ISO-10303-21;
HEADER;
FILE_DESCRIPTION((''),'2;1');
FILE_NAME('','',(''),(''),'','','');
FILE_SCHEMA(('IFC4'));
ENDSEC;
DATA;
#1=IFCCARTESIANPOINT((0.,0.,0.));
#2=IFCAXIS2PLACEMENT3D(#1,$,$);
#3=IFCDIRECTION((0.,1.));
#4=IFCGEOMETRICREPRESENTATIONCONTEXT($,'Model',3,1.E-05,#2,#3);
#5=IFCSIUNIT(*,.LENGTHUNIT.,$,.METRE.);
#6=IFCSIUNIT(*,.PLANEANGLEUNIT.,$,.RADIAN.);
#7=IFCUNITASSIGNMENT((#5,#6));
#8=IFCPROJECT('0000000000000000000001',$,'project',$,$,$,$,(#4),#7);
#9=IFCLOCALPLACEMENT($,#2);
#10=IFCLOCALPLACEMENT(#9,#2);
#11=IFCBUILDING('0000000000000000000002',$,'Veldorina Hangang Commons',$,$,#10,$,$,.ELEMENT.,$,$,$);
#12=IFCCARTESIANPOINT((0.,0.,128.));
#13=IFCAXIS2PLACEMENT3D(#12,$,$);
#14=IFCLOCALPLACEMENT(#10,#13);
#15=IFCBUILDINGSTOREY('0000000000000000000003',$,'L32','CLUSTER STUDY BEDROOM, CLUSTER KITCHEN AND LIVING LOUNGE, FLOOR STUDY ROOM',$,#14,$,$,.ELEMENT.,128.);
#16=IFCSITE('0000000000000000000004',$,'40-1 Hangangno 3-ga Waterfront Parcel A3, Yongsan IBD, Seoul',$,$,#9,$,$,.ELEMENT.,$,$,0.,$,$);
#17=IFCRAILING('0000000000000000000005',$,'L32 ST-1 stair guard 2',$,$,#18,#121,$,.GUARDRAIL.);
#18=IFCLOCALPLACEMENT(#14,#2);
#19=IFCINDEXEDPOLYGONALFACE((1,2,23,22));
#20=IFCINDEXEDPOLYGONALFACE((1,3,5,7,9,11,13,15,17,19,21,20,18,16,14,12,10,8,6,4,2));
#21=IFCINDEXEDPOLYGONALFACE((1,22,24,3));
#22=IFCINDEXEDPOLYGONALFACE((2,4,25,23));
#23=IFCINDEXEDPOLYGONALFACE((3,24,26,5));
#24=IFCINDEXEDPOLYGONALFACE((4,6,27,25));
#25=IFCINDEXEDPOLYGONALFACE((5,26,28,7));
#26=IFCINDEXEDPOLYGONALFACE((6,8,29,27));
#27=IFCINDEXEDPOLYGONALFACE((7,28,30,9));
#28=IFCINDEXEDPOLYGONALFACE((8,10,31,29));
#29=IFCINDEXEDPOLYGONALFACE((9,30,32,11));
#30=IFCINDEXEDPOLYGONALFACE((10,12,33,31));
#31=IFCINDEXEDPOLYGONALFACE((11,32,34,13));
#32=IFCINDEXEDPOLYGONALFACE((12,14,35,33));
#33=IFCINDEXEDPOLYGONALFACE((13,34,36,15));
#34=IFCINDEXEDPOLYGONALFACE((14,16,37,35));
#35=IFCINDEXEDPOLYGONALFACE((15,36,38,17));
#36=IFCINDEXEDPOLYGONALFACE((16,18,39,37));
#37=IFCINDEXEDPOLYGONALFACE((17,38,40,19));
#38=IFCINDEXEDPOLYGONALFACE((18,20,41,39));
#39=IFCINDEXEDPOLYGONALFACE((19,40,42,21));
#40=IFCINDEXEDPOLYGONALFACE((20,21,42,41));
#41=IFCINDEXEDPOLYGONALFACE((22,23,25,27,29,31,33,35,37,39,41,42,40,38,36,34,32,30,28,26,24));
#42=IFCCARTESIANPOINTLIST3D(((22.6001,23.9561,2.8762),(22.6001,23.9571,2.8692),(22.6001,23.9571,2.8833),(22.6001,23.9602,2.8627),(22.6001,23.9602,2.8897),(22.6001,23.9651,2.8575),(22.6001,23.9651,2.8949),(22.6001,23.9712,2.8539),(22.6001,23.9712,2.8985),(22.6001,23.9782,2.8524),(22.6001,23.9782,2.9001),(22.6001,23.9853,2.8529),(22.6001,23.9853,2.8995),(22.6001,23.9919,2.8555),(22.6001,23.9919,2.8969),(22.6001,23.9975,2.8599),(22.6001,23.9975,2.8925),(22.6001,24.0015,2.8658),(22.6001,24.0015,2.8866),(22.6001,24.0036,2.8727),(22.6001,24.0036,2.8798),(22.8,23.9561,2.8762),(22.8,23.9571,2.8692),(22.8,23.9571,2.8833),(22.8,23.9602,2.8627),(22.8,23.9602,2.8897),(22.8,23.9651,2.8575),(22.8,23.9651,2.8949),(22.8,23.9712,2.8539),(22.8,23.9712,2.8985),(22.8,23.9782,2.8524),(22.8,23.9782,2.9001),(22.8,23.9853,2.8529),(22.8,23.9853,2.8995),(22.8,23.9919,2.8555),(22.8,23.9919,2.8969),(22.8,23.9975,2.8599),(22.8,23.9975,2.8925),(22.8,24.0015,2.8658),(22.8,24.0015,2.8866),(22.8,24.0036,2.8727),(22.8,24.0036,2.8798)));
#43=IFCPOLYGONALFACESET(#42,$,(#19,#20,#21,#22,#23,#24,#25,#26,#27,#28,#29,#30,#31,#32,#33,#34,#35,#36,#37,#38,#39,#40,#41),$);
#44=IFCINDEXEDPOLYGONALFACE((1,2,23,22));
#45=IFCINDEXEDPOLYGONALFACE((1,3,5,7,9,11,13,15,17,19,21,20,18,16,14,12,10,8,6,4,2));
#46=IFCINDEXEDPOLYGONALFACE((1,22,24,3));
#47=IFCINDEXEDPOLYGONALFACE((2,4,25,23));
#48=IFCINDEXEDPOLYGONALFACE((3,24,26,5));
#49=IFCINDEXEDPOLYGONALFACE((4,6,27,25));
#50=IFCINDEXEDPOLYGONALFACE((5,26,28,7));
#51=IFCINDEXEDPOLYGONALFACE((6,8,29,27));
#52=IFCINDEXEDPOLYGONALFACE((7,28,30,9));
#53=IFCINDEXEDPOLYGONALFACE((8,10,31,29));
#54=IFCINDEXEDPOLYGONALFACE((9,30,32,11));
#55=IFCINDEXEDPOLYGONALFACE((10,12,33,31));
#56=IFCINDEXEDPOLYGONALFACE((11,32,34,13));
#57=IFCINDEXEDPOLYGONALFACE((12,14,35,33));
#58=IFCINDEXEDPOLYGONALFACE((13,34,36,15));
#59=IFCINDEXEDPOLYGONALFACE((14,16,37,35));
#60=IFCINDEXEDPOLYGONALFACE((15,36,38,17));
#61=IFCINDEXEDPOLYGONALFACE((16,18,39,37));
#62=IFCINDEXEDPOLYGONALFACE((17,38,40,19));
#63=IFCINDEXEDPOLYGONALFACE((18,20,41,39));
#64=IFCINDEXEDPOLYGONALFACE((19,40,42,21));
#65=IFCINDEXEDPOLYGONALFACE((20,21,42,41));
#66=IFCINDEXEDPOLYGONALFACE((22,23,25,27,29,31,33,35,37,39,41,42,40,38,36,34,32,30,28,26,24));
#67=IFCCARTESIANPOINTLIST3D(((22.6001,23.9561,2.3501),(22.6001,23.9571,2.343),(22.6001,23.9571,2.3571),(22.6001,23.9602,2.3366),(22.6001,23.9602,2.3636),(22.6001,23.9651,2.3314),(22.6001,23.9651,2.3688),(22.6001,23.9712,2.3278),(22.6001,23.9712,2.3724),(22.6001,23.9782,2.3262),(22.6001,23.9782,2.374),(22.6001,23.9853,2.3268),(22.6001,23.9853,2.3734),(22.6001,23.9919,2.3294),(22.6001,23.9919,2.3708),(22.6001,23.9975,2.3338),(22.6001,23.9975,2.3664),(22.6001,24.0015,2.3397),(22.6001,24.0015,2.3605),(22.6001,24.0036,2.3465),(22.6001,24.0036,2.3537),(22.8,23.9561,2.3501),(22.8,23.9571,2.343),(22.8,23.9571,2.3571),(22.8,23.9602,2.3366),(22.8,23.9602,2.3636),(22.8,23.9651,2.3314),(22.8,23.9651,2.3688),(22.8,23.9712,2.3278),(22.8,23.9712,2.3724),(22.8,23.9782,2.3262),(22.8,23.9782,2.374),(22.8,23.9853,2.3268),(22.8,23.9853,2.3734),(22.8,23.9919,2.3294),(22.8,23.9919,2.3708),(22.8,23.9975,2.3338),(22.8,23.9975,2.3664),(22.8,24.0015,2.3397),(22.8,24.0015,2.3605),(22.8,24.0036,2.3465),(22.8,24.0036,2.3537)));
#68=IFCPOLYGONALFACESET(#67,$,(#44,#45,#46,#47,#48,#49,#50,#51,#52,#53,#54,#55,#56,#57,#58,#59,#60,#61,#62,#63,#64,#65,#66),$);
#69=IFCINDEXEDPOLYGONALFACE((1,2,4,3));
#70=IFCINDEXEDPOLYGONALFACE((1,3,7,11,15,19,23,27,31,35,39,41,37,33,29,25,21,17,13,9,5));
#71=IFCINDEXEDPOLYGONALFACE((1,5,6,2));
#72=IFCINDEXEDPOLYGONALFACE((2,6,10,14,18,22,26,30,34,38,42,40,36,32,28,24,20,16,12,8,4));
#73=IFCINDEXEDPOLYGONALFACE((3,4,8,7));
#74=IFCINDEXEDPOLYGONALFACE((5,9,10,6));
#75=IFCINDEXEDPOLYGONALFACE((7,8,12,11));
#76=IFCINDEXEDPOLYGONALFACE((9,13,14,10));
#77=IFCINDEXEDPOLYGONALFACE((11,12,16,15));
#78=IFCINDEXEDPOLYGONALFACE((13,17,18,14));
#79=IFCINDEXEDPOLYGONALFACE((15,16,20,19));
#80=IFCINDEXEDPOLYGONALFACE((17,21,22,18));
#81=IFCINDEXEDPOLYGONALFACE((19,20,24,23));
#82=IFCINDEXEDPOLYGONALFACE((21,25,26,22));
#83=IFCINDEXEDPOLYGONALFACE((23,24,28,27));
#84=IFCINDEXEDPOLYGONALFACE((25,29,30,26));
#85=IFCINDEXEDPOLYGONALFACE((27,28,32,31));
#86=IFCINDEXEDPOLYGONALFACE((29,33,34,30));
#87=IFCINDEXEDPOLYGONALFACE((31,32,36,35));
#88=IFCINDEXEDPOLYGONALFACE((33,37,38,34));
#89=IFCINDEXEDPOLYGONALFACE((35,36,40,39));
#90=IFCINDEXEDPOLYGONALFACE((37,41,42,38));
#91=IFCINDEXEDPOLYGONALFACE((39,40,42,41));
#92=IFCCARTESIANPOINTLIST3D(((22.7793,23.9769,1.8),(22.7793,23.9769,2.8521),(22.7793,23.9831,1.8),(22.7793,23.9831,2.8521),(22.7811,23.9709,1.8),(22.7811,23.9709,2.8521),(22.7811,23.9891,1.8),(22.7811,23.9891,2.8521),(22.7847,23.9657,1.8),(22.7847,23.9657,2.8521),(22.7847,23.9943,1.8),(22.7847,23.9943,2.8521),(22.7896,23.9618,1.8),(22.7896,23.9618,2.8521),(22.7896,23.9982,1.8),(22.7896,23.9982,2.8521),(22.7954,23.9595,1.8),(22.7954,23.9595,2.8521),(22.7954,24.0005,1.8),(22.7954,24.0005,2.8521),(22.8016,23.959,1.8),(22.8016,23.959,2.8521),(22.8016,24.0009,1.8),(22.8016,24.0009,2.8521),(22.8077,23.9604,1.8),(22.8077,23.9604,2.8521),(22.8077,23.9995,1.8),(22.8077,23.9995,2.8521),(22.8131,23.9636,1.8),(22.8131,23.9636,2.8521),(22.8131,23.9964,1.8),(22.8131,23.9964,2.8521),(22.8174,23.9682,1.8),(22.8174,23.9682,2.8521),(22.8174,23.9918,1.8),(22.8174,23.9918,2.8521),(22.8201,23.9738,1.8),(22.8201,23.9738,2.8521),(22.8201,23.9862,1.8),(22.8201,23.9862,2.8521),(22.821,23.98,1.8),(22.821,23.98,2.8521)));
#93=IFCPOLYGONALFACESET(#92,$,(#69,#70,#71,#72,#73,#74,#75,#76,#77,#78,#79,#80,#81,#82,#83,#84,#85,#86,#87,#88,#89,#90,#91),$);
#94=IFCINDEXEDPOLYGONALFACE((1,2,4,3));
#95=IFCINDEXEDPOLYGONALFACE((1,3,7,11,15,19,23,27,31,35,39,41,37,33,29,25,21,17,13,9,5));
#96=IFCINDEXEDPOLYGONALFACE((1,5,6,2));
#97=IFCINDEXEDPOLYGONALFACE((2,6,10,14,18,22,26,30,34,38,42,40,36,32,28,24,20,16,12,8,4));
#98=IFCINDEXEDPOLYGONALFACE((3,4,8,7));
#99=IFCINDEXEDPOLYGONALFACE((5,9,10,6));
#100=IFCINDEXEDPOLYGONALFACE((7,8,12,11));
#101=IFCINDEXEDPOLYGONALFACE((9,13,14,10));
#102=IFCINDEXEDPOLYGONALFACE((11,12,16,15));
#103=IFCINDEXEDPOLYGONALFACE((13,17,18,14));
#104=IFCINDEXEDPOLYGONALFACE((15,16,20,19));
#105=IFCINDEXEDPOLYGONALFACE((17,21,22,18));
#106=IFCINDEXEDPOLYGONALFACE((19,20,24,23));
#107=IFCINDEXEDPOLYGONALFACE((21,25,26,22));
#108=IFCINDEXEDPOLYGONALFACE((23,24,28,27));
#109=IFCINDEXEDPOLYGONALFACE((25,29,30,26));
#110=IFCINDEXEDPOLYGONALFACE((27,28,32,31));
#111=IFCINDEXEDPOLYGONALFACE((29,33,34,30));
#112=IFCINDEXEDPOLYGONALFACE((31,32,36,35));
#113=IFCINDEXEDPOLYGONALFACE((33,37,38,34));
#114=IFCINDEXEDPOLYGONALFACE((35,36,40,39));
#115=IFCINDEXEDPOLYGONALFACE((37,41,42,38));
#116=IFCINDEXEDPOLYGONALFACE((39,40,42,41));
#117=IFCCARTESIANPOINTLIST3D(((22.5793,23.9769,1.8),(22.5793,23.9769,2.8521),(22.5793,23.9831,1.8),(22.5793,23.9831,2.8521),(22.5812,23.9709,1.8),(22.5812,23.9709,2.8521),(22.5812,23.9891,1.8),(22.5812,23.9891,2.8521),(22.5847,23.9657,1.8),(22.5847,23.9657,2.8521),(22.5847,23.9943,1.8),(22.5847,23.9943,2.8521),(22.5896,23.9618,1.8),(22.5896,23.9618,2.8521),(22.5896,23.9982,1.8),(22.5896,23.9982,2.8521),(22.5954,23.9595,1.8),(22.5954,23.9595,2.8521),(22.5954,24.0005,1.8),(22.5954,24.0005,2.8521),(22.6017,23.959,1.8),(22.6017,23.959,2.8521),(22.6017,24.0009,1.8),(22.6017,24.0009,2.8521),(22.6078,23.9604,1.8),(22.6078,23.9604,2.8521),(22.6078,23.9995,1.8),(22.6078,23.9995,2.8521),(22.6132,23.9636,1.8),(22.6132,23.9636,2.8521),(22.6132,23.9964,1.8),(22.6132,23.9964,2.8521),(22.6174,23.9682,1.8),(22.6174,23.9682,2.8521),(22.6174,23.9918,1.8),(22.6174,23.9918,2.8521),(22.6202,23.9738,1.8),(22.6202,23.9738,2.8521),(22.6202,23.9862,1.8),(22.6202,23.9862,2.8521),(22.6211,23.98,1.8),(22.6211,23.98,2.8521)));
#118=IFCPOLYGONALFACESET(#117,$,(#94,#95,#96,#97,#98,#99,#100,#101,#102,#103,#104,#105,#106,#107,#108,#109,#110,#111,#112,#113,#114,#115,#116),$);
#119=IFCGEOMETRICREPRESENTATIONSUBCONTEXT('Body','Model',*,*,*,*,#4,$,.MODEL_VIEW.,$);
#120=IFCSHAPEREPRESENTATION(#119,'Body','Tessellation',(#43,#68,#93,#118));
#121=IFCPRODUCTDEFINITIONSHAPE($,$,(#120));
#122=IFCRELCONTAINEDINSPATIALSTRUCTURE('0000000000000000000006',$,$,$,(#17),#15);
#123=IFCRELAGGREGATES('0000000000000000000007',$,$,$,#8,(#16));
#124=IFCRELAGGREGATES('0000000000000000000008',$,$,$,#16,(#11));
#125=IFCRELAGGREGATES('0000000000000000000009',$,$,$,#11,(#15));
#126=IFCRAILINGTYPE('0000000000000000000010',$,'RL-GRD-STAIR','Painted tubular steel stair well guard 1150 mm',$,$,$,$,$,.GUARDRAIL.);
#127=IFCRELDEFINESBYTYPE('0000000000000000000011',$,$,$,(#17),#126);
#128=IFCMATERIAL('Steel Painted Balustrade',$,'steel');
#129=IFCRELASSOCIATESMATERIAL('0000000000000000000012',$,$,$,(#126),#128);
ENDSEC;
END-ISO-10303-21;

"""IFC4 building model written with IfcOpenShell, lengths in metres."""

from ifc_helpers import new_model, si_unit, direction, frame, origin, origin_2d, place, context, subcontext, project, spatial, circle, extrude, material, type_object, element, save


model = new_model("IFC4")

# Units and contexts
model_context = context("Model", 3, precision=1e-05, world=origin(), true_north=direction((0.0, 1.0)))
body_context = subcontext(model_context, "Body", "Model", "MODEL_VIEW")
ifc_project = project(units=[si_unit("LENGTHUNIT", "METRE"), si_unit("PLANEANGLEUNIT", "RADIAN")], contexts=[model_context])

# Site, building, storey
site_placement = place(None, origin())
site = spatial("IfcSite", under=ifc_project, at=site_placement, Name="40-1 Hangangno 3-ga Waterfront Parcel A3, Yongsan IBD, Seoul", CompositionType="ELEMENT", RefElevation=0.0)
building_placement = place(site_placement, origin())
building = spatial("IfcBuilding", under=site, at=building_placement, Name="Veldorina Hangang Commons", CompositionType="ELEMENT")
storey_placement = place(building_placement, frame((0.0, 0.0, 128.0)))
storey = spatial("IfcBuildingStorey", under=building, at=storey_placement, Name="L32", Description="CLUSTER STUDY BEDROOM, CLUSTER KITCHEN AND LIVING LOUNGE, FLOOR STUDY ROOM", CompositionType="ELEMENT", Elevation=128.0)

# Railing
ifc_material_1 = material(Name="Steel Painted Balustrade", Category="steel")
railing_type_1 = type_object("IfcRailingType", Name="RL-GRD-STAIR", Description="Painted tubular steel stair well guard 1150 mm", PredefinedType="GUARDRAIL", material=ifc_material_1)
railing_1_placement = place(storey_placement, frame((22.8, 23.98, 1.8)))
element("IfcRailing", 1, at=railing_1_placement, inside=storey, type_object=railing_type_1, Name="L32 ST-1 stair guard 2", PredefinedType="GUARDRAIL", context=body_context, shape_type="SweptSolid", body=[
    extrude(circle(Radius=0.0239, at=origin_2d()), frame((0.0, 0.0, 1.0762), z_axis=(-1.0, 0.0, 0.0), x_axis=(0.0, -1.0, 0.0)), (0.0, 0.0, 1.0), 0.2),
    extrude(circle(Radius=0.0239, at=origin_2d()), frame((0.0, 0.0, 0.55), z_axis=(-1.0, 0.0, 0.0), x_axis=(0.0, -1.0, 0.0)), (0.0, 0.0, 1.0), 0.2),
    extrude(circle(Radius=0.021, at=origin_2d()), origin(), (0.0, 0.0, 1.0), 1.052),
    extrude(circle(Radius=0.021, at=origin_2d()), frame((-0.2, 0.0, 0.0)), (0.0, 0.0, 1.0), 1.052),
])

save(model, "model.ifc")
